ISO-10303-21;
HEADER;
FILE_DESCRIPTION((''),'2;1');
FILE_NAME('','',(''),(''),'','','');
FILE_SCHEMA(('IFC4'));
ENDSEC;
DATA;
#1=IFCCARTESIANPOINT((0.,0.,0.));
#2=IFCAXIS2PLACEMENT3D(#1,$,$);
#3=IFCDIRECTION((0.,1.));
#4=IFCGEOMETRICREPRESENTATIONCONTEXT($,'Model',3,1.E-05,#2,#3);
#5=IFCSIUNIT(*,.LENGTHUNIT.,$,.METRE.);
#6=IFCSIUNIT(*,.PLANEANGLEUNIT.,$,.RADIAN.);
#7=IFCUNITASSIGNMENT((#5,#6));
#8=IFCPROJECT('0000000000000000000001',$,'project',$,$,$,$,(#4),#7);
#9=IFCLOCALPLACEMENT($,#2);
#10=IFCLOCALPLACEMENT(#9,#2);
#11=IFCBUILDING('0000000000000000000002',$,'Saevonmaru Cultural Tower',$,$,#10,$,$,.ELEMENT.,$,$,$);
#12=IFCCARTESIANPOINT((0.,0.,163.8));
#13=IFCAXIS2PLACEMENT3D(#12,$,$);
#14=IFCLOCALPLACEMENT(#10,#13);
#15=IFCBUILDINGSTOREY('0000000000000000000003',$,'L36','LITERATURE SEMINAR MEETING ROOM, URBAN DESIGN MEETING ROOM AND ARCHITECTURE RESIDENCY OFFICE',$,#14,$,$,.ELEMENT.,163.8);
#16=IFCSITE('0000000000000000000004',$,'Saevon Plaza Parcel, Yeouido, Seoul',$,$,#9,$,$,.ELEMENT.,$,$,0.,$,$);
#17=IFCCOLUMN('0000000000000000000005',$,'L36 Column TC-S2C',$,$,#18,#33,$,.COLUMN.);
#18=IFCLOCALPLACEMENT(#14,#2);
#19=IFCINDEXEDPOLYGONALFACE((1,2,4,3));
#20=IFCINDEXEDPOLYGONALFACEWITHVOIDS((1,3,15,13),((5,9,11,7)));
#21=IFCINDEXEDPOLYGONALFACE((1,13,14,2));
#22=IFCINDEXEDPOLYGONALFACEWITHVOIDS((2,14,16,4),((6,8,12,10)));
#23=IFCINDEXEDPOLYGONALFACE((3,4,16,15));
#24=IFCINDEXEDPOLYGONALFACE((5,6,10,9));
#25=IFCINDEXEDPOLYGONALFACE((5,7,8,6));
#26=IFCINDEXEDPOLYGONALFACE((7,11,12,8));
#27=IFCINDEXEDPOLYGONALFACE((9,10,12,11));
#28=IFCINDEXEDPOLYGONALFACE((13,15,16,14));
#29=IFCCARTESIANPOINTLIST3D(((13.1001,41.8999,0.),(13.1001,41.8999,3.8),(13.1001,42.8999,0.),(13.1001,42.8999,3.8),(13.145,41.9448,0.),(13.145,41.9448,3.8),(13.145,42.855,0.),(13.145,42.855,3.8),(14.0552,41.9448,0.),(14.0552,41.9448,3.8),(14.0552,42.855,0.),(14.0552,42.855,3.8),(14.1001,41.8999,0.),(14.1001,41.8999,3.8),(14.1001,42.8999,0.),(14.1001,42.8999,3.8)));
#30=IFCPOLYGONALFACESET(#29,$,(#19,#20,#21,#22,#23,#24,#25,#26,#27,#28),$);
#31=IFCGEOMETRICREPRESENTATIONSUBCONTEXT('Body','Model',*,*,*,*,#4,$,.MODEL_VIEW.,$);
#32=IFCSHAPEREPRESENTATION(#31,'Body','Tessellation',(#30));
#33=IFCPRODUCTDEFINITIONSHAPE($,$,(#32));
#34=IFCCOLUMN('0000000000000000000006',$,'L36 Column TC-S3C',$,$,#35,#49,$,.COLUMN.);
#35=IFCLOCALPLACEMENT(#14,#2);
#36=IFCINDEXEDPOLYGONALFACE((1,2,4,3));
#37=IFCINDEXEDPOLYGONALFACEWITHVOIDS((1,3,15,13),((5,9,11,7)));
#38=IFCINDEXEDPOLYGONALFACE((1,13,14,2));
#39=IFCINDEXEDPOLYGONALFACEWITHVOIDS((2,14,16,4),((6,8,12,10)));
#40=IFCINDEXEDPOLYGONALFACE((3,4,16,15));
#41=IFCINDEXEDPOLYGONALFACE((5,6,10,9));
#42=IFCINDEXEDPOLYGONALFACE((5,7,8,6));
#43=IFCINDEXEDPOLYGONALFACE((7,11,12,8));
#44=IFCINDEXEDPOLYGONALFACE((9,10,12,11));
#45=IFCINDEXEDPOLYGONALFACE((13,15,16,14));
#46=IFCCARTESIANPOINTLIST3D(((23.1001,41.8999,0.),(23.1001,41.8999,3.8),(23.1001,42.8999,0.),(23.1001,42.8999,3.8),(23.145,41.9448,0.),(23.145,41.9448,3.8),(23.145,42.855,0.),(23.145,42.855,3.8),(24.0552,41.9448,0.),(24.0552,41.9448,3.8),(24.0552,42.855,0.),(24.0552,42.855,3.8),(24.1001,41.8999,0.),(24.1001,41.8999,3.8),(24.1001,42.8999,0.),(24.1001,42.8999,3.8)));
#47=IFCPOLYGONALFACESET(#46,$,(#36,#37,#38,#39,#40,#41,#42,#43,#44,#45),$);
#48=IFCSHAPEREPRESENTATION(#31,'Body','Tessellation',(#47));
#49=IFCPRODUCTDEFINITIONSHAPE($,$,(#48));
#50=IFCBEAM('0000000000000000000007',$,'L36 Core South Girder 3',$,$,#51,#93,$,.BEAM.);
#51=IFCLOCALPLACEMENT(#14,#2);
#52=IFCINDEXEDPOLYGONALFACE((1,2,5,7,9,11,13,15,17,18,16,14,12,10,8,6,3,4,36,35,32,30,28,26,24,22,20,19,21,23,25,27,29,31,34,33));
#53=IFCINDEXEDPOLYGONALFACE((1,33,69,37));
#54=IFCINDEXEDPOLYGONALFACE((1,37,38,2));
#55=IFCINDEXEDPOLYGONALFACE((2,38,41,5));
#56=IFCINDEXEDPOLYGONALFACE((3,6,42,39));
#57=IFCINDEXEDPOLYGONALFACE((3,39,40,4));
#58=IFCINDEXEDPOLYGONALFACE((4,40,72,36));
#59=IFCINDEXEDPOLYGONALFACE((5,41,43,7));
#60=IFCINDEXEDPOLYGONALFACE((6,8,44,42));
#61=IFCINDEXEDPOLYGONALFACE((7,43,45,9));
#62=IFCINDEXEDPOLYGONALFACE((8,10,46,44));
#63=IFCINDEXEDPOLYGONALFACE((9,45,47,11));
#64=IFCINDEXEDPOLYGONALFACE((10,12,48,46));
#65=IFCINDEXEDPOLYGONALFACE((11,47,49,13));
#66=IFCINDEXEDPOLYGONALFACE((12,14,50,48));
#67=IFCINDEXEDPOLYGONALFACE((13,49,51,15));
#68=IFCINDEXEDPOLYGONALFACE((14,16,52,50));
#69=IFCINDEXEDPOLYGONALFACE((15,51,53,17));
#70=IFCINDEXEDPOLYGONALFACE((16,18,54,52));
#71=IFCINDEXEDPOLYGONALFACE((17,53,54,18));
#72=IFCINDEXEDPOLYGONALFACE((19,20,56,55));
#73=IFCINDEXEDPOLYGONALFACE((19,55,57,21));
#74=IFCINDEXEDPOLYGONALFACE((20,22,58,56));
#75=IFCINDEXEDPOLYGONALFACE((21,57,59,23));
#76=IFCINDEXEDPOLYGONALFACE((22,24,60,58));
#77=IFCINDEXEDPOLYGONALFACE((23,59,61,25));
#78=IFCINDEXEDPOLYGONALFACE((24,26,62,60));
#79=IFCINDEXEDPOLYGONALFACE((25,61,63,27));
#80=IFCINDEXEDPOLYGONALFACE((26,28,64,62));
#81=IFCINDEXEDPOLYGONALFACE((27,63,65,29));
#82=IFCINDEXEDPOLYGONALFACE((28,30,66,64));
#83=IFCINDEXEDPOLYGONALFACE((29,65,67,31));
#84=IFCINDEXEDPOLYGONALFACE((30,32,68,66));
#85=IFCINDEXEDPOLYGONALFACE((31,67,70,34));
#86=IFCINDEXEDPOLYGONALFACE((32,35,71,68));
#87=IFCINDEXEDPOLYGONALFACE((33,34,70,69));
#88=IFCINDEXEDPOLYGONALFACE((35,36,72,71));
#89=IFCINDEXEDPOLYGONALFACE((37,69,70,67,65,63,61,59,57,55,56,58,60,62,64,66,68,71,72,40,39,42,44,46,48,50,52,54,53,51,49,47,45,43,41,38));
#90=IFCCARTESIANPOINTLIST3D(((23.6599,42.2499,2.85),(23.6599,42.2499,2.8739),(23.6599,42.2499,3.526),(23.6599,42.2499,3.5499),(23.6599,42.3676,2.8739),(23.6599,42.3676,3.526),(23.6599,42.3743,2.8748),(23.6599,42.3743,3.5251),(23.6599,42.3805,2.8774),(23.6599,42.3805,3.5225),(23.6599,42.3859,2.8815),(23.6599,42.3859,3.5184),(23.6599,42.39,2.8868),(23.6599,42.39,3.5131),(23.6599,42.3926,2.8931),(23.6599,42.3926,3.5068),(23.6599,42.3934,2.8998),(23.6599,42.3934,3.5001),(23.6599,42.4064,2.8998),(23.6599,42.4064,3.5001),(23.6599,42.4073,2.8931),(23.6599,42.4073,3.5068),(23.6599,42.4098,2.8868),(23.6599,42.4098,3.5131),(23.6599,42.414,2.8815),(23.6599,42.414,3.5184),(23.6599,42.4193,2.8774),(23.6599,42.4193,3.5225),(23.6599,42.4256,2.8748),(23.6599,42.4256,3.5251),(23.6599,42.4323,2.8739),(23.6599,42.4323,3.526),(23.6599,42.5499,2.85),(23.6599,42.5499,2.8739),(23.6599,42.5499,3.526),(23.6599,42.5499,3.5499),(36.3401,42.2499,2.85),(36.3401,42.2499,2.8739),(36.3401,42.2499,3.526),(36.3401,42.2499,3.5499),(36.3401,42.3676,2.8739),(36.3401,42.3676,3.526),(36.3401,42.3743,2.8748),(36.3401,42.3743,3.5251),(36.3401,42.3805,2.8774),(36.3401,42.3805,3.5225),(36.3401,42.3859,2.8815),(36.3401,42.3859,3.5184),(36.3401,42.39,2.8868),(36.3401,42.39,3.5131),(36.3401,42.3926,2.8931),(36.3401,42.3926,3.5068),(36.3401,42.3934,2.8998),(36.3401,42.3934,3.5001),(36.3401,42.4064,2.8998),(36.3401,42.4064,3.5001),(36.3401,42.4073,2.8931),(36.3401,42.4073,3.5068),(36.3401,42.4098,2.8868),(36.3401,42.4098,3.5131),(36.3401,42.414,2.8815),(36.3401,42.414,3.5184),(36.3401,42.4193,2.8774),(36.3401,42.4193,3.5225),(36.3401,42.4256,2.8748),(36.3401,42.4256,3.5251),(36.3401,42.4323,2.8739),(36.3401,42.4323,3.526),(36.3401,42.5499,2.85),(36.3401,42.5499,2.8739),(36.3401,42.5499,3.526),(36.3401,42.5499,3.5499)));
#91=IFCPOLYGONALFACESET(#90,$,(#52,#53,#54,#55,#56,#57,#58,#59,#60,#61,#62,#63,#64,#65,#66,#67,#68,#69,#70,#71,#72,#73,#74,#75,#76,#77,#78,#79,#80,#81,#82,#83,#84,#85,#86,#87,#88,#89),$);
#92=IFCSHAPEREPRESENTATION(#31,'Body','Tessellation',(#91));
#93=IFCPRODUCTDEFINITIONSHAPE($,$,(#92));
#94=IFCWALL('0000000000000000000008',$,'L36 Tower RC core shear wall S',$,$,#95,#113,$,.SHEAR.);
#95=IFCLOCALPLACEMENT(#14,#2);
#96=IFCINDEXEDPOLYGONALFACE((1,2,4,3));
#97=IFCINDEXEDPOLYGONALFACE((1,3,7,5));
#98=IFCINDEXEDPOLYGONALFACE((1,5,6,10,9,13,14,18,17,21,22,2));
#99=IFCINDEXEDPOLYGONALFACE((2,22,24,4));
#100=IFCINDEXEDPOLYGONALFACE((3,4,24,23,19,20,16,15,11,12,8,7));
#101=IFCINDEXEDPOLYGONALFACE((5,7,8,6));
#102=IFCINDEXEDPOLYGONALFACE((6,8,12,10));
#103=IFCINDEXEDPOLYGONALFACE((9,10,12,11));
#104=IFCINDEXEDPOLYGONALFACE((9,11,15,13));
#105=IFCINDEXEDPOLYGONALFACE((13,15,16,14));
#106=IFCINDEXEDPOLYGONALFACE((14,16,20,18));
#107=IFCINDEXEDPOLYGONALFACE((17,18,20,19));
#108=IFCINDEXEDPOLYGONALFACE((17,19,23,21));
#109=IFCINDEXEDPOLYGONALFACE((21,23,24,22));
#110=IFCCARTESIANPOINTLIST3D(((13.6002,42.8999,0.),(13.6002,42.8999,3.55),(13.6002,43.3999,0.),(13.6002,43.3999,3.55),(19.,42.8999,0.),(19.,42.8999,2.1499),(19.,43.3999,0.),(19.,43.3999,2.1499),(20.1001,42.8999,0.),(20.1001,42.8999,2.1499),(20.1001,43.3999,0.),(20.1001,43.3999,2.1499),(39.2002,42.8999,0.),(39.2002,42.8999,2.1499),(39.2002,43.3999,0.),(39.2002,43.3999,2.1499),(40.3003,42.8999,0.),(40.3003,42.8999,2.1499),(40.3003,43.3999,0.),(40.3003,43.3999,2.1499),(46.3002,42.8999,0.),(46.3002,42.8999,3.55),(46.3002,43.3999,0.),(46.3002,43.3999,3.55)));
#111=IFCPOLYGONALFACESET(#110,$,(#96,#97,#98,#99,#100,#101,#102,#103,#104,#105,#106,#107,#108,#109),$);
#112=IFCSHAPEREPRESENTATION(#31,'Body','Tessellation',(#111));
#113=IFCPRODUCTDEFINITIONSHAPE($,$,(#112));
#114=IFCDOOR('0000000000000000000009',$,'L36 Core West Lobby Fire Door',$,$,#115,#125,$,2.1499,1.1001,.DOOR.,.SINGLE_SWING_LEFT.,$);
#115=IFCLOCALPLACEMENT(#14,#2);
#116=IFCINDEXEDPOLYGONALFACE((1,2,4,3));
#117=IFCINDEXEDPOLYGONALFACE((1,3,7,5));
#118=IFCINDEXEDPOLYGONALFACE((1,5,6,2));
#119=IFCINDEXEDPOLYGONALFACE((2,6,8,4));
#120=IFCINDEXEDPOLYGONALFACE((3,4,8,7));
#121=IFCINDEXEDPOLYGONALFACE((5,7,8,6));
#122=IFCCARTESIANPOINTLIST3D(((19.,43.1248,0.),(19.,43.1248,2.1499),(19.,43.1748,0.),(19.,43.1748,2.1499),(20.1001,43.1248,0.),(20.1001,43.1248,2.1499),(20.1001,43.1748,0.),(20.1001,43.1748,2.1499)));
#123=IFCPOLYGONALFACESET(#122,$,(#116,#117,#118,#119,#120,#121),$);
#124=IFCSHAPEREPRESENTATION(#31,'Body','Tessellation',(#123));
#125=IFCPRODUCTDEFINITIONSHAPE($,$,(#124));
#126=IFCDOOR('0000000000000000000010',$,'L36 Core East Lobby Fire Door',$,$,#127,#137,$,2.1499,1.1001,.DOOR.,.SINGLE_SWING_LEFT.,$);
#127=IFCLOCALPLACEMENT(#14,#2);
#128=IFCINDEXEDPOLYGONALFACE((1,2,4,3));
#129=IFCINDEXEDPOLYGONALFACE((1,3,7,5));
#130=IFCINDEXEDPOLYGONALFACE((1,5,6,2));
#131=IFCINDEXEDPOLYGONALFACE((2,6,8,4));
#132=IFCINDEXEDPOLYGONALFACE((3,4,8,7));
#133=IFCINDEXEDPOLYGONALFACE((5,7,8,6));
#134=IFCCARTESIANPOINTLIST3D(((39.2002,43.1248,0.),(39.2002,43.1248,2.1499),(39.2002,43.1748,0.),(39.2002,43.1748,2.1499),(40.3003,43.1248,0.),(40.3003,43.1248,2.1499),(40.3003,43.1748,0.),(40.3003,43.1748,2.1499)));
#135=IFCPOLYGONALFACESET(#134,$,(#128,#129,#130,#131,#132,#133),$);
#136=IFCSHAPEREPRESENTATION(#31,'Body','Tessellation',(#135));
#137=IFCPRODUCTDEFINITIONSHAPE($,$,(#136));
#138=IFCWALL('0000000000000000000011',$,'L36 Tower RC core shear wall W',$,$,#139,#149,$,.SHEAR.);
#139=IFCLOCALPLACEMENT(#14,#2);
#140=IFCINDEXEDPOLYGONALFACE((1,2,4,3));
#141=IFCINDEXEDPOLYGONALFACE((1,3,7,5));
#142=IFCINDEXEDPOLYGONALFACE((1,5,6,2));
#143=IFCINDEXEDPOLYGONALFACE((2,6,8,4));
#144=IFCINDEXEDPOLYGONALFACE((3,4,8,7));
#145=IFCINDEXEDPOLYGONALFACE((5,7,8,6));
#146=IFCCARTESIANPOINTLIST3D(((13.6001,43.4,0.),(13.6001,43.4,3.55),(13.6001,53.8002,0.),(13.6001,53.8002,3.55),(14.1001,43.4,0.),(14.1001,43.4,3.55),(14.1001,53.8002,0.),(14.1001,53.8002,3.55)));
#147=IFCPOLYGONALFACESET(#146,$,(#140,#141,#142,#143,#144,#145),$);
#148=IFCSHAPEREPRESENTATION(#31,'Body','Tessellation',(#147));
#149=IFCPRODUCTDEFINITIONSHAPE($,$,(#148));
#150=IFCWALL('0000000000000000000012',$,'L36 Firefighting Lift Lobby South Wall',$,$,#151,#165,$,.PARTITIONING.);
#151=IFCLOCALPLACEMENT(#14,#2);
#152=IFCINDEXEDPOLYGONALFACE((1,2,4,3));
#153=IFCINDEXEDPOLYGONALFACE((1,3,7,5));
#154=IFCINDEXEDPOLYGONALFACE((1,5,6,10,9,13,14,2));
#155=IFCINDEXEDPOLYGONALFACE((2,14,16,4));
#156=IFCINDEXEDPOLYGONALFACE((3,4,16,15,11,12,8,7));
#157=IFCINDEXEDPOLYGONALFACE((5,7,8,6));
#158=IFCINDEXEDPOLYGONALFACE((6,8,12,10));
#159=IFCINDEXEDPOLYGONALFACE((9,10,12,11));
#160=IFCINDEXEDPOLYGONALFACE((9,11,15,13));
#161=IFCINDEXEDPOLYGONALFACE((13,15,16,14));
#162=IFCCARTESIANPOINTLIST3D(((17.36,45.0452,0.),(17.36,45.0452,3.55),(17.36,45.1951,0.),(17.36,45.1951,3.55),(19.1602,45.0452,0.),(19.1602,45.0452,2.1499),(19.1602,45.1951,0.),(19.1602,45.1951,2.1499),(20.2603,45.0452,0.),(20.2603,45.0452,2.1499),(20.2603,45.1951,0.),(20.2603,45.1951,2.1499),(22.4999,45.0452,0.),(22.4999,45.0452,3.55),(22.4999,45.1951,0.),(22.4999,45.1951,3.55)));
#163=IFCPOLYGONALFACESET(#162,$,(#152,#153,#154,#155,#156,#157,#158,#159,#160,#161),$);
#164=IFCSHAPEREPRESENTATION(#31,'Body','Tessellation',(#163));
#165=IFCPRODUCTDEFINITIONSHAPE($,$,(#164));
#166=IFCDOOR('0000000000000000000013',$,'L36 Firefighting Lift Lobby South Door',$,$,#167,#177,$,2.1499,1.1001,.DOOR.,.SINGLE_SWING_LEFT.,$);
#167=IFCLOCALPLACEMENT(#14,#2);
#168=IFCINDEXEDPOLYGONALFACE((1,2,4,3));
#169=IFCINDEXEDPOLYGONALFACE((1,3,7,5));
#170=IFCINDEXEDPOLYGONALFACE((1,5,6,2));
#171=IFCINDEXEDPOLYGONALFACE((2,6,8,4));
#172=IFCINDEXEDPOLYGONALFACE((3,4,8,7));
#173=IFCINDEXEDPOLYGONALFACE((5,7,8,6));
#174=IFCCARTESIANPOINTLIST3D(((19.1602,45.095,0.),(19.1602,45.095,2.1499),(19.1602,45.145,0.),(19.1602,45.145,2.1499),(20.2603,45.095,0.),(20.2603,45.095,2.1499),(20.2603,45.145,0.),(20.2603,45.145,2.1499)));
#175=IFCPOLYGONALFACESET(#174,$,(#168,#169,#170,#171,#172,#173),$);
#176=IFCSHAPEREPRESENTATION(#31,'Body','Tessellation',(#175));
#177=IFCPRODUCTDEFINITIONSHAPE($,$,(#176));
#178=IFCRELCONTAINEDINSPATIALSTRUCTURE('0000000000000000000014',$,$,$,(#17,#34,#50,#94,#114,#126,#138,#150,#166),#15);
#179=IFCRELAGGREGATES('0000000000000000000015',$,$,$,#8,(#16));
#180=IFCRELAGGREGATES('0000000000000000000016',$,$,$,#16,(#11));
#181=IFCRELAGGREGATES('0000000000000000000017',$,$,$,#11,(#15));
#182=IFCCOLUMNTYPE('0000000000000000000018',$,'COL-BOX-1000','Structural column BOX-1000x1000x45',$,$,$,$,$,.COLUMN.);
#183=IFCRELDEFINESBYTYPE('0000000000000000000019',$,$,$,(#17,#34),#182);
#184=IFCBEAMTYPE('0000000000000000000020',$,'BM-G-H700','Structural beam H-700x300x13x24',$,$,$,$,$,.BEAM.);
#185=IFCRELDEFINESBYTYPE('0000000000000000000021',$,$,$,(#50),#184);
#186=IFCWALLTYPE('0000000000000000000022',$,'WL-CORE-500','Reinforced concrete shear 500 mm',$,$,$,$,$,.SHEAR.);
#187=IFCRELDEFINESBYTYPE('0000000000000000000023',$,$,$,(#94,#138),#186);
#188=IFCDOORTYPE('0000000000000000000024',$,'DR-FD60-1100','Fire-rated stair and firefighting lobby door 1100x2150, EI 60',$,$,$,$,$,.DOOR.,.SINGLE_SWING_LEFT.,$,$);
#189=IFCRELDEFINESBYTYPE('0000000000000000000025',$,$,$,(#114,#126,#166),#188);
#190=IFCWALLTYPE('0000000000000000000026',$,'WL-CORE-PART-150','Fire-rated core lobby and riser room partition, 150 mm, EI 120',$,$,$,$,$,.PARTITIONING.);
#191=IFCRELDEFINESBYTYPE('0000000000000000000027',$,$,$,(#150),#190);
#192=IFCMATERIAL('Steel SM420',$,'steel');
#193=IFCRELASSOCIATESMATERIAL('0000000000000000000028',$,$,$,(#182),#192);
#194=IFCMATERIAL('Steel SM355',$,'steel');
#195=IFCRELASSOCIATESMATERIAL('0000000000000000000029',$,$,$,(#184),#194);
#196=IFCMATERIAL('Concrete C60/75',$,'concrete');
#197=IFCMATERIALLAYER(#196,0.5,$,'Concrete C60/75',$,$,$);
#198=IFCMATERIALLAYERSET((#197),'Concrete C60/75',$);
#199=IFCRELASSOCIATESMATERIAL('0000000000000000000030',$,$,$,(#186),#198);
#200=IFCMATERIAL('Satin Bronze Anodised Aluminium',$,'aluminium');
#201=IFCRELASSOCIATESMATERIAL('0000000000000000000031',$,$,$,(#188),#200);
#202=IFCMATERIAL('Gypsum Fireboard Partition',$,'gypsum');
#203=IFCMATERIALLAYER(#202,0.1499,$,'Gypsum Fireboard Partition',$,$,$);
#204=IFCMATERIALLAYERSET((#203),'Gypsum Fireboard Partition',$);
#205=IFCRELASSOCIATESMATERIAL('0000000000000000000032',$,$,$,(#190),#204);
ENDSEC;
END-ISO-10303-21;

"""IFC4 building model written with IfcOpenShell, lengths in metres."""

from ifc_helpers import new_model, si_unit, direction, frame, frame_2d, origin, origin_2d, place, context, subcontext, project, spatial, rectangle, hollow_rectangle, i_section, extrude, material, layer, layer_set, material_profile, profile_set, type_object, element, fill, save


model = new_model("IFC4")

# Units and contexts
model_context = context("Model", 3, precision=1e-05, world=origin(), true_north=direction((0.0, 1.0)))
body_context = subcontext(model_context, "Body", "Model", "MODEL_VIEW")
ifc_project = project(units=[si_unit("LENGTHUNIT", "METRE"), si_unit("PLANEANGLEUNIT", "RADIAN")], contexts=[model_context])

# Site, building, storey
site_placement = place(None, origin())
site = spatial("IfcSite", under=ifc_project, at=site_placement, Name="Saevon Plaza Parcel, Yeouido, Seoul", CompositionType="ELEMENT", RefElevation=0.0)
building_placement = place(site_placement, origin())
building = spatial("IfcBuilding", under=site, at=building_placement, Name="Saevonmaru Cultural Tower", CompositionType="ELEMENT")
storey_placement = place(building_placement, frame((0.0, 0.0, 163.8)))
storey = spatial("IfcBuildingStorey", under=building, at=storey_placement, Name="L36", Description="LITERATURE SEMINAR MEETING ROOM, URBAN DESIGN MEETING ROOM AND ARCHITECTURE RESIDENCY OFFICE", CompositionType="ELEMENT", Elevation=163.8)

# Columns
ifc_material_1 = material(Name="Steel SM420", Category="steel")
ifc_material_profile_1 = material_profile(ifc_material_1, hollow_rectangle(XDim=1.0, YDim=1.0, WallThickness=0.0449, at=origin_2d()), Name="BOX-1000x1000x45")
ifc_profile_set_1 = profile_set([ifc_material_profile_1], Name="Steel SM420")
column_type = type_object("IfcColumnType", Name="COL-BOX-1000", Description="Structural column BOX-1000x1000x45", PredefinedType="COLUMN", material=ifc_profile_set_1)
for number, where, z_axis, x_axis, name in (
    (1, (13.6001, 42.3999, 0.0), (0.0, 0.0, 1.0), (1.0, 0.0, 0.0), "L36 Column TC-S2C"),
    (2, (23.6001, 42.3999, 0.0), (0.0, 0.0, 1.0), (1.0, 0.0, 0.0), "L36 Column TC-S3C"),
):
    element("IfcColumn", number, at=place(storey_placement, frame(where, z_axis=z_axis, x_axis=x_axis)), inside=storey, type_object=column_type, Name=name, PredefinedType="COLUMN", context=body_context, shape_type="SweptSolid", body=[
        extrude(hollow_rectangle(XDim=1.0, YDim=1.0, WallThickness=0.0449, at=origin_2d()), origin(), (0.0, 0.0, 1.0), 3.8),
    ])

# Beam
ifc_material_2 = material(Name="Steel SM355", Category="steel")
ifc_material_profile_2 = material_profile(ifc_material_2, i_section(OverallWidth=0.3, OverallDepth=0.7, WebThickness=0.0129, FlangeThickness=0.0239, FilletRadius=0.0259, at=origin_2d()), Name="H-700x300x13x24")
ifc_profile_set_2 = profile_set([ifc_material_profile_2], Name="Steel SM355")
beam_type = type_object("IfcBeamType", Name="BM-G-H700", Description="Structural beam H-700x300x13x24", PredefinedType="BEAM", material=ifc_profile_set_2)
beam_placement = place(storey_placement, frame((23.6599, 42.3999, 3.2), z_axis=(1.0, 0.0, 0.0), x_axis=(0.0, 1.0, 0.0)))
element("IfcBeam", 3, at=beam_placement, inside=storey, type_object=beam_type, Name="L36 Core South Girder 3", PredefinedType="BEAM", context=body_context, shape_type="SweptSolid", body=[
    extrude(i_section(OverallWidth=0.3, OverallDepth=0.7, WebThickness=0.0129, FlangeThickness=0.0239, FilletRadius=0.0259, at=origin_2d()), origin(), (0.0, 0.0, 1.0), 12.6802),
])

# Wall, openings, doors
ifc_material_3 = material(Name="Concrete C60/75", Category="concrete")
ifc_layer_1 = layer(ifc_material_3, 0.5, Name="Concrete C60/75")
ifc_layer_set_1 = layer_set([ifc_layer_1], Name="Concrete C60/75")
wall_type_1 = type_object("IfcWallType", Name="WL-CORE-500", Description="Reinforced concrete shear 500 mm", PredefinedType="SHEAR", material=ifc_layer_set_1)
wall_1_placement = place(storey_placement, frame((13.6001, 43.1499, 0.0), z_axis=(0.0, 0.0, 1.0), x_axis=(1.0, 0.0, 0.0)))
wall_1 = element("IfcWall", 4, at=wall_1_placement, inside=storey, type_object=wall_type_1, Name="L36 Tower RC core shear wall S", PredefinedType="SHEAR", context=body_context, shape_type="SweptSolid", body=[
    extrude(rectangle(XDim=32.7, YDim=0.5, at=frame_2d((16.3501, 0.0))), origin(), (0.0, 0.0, 1.0), 3.55),
])
opening_1_placement = place(wall_1_placement, frame((5.3999, 0.0, 0.0)))
opening_1 = element("IfcOpeningElement", 5, at=opening_1_placement, cuts=wall_1, PredefinedType="OPENING", context=body_context, shape_type="SweptSolid", body=[
    extrude(rectangle(XDim=1.1001, YDim=2.1499, at=frame_2d((0.55, 1.075))), frame((0.0, 0.26, 0.0), z_axis=(0.0, -1.0, 0.0), x_axis=(1.0, 0.0, 0.0)), (0.0, 0.0, 1.0), 0.52),
])
opening_2_placement = place(wall_1_placement, frame((25.6001, 0.0, 0.0)))
opening_2 = element("IfcOpeningElement", 6, at=opening_2_placement, cuts=wall_1, PredefinedType="OPENING", context=body_context, shape_type="SweptSolid", body=[
    extrude(rectangle(XDim=1.1001, YDim=2.1499, at=frame_2d((0.55, 1.075))), frame((0.0, 0.26, 0.0), z_axis=(0.0, -1.0, 0.0), x_axis=(1.0, 0.0, 0.0)), (0.0, 0.0, 1.0), 0.52),
])
ifc_material_4 = material(Name="Satin Bronze Anodised Aluminium", Category="aluminium")
door_type_1 = type_object("IfcDoorType", Name="DR-FD60-1100", Description="Fire-rated stair and firefighting lobby door 1100x2150, EI 60", OperationType="SINGLE_SWING_LEFT", PredefinedType="DOOR", material=ifc_material_4)
door_1_placement = place(opening_1_placement, origin())
door_1 = element("IfcDoor", 7, at=door_1_placement, inside=storey, type_object=door_type_1, Name="L36 Core West Lobby Fire Door", OperationType="SINGLE_SWING_LEFT", OverallHeight=2.1499, OverallWidth=1.1001, PredefinedType="DOOR", context=body_context, shape_type="SweptSolid", body=[
    extrude(rectangle(XDim=1.1001, YDim=2.1499, at=frame_2d((0.55, 1.075))), frame((0.0, 0.0249, 0.0), z_axis=(0.0, -1.0, 0.0), x_axis=(1.0, 0.0, 0.0)), (0.0, 0.0, 1.0), 0.05),
])
fill(opening_1, door_1)
door_2_placement = place(opening_2_placement, origin())
door_2 = element("IfcDoor", 8, at=door_2_placement, inside=storey, type_object=door_type_1, Name="L36 Core East Lobby Fire Door", OperationType="SINGLE_SWING_LEFT", OverallHeight=2.1499, OverallWidth=1.1001, PredefinedType="DOOR", context=body_context, shape_type="SweptSolid", body=[
    extrude(rectangle(XDim=1.1001, YDim=2.1499, at=frame_2d((0.55, 1.075))), frame((0.0, 0.0249, 0.0), z_axis=(0.0, -1.0, 0.0), x_axis=(1.0, 0.0, 0.0)), (0.0, 0.0, 1.0), 0.05),
])
fill(opening_2, door_2)

# Wall
wall_2_placement = place(storey_placement, frame((13.8501, 43.3999, 0.0), z_axis=(0.0, 0.0, 1.0), x_axis=(0.0, 1.0, 0.0)))
element("IfcWall", 9, at=wall_2_placement, inside=storey, type_object=wall_type_1, Name="L36 Tower RC core shear wall W", PredefinedType="SHEAR", context=body_context, shape_type="SweptSolid", body=[
    extrude(rectangle(XDim=10.4001, YDim=0.5, at=frame_2d((5.2002, 0.0))), origin(), (0.0, 0.0, 1.0), 3.55),
])

# Wall, opening, door
ifc_material_5 = material(Name="Gypsum Fireboard Partition", Category="gypsum")
ifc_layer_2 = layer(ifc_material_5, 0.1499, Name="Gypsum Fireboard Partition")
ifc_layer_set_2 = layer_set([ifc_layer_2], Name="Gypsum Fireboard Partition")
wall_type_2 = type_object("IfcWallType", Name="WL-CORE-PART-150", Description="Fire-rated core lobby and riser room partition, 150 mm, EI 120", PredefinedType="PARTITIONING", material=ifc_layer_set_2)
wall_3_placement = place(storey_placement, frame((17.3601, 45.1201, 0.0), z_axis=(0.0, 0.0, 1.0), x_axis=(1.0, 0.0, 0.0)))
wall_3 = element("IfcWall", 10, at=wall_3_placement, inside=storey, type_object=wall_type_2, Name="L36 Firefighting Lift Lobby South Wall", PredefinedType="PARTITIONING", context=body_context, shape_type="SweptSolid", body=[
    extrude(rectangle(XDim=5.1399, YDim=0.1499, at=frame_2d((2.5698, 0.0))), origin(), (0.0, 0.0, 1.0), 3.55),
])
opening_3_placement = place(wall_3_placement, frame((1.8, 0.0, 0.0)))
opening_3 = element("IfcOpeningElement", 11, at=opening_3_placement, cuts=wall_3, PredefinedType="OPENING", context=body_context, shape_type="SweptSolid", body=[
    extrude(rectangle(XDim=1.1001, YDim=2.1499, at=frame_2d((0.55, 1.075))), frame((0.0, 0.085, 0.0), z_axis=(0.0, -1.0, 0.0), x_axis=(1.0, 0.0, 0.0)), (0.0, 0.0, 1.0), 0.1699),
])
door_3_placement = place(opening_3_placement, origin())
door_3 = element("IfcDoor", 12, at=door_3_placement, inside=storey, type_object=door_type_1, Name="L36 Firefighting Lift Lobby South Door", OperationType="SINGLE_SWING_LEFT", OverallHeight=2.1499, OverallWidth=1.1001, PredefinedType="DOOR", context=body_context, shape_type="SweptSolid", body=[
    extrude(rectangle(XDim=1.1001, YDim=2.1499, at=frame_2d((0.55, 1.075))), frame((0.0, 0.0249, 0.0), z_axis=(0.0, -1.0, 0.0), x_axis=(1.0, 0.0, 0.0)), (0.0, 0.0, 1.0), 0.05),
])
fill(opening_3, door_3)

save(model, "model.ifc")
